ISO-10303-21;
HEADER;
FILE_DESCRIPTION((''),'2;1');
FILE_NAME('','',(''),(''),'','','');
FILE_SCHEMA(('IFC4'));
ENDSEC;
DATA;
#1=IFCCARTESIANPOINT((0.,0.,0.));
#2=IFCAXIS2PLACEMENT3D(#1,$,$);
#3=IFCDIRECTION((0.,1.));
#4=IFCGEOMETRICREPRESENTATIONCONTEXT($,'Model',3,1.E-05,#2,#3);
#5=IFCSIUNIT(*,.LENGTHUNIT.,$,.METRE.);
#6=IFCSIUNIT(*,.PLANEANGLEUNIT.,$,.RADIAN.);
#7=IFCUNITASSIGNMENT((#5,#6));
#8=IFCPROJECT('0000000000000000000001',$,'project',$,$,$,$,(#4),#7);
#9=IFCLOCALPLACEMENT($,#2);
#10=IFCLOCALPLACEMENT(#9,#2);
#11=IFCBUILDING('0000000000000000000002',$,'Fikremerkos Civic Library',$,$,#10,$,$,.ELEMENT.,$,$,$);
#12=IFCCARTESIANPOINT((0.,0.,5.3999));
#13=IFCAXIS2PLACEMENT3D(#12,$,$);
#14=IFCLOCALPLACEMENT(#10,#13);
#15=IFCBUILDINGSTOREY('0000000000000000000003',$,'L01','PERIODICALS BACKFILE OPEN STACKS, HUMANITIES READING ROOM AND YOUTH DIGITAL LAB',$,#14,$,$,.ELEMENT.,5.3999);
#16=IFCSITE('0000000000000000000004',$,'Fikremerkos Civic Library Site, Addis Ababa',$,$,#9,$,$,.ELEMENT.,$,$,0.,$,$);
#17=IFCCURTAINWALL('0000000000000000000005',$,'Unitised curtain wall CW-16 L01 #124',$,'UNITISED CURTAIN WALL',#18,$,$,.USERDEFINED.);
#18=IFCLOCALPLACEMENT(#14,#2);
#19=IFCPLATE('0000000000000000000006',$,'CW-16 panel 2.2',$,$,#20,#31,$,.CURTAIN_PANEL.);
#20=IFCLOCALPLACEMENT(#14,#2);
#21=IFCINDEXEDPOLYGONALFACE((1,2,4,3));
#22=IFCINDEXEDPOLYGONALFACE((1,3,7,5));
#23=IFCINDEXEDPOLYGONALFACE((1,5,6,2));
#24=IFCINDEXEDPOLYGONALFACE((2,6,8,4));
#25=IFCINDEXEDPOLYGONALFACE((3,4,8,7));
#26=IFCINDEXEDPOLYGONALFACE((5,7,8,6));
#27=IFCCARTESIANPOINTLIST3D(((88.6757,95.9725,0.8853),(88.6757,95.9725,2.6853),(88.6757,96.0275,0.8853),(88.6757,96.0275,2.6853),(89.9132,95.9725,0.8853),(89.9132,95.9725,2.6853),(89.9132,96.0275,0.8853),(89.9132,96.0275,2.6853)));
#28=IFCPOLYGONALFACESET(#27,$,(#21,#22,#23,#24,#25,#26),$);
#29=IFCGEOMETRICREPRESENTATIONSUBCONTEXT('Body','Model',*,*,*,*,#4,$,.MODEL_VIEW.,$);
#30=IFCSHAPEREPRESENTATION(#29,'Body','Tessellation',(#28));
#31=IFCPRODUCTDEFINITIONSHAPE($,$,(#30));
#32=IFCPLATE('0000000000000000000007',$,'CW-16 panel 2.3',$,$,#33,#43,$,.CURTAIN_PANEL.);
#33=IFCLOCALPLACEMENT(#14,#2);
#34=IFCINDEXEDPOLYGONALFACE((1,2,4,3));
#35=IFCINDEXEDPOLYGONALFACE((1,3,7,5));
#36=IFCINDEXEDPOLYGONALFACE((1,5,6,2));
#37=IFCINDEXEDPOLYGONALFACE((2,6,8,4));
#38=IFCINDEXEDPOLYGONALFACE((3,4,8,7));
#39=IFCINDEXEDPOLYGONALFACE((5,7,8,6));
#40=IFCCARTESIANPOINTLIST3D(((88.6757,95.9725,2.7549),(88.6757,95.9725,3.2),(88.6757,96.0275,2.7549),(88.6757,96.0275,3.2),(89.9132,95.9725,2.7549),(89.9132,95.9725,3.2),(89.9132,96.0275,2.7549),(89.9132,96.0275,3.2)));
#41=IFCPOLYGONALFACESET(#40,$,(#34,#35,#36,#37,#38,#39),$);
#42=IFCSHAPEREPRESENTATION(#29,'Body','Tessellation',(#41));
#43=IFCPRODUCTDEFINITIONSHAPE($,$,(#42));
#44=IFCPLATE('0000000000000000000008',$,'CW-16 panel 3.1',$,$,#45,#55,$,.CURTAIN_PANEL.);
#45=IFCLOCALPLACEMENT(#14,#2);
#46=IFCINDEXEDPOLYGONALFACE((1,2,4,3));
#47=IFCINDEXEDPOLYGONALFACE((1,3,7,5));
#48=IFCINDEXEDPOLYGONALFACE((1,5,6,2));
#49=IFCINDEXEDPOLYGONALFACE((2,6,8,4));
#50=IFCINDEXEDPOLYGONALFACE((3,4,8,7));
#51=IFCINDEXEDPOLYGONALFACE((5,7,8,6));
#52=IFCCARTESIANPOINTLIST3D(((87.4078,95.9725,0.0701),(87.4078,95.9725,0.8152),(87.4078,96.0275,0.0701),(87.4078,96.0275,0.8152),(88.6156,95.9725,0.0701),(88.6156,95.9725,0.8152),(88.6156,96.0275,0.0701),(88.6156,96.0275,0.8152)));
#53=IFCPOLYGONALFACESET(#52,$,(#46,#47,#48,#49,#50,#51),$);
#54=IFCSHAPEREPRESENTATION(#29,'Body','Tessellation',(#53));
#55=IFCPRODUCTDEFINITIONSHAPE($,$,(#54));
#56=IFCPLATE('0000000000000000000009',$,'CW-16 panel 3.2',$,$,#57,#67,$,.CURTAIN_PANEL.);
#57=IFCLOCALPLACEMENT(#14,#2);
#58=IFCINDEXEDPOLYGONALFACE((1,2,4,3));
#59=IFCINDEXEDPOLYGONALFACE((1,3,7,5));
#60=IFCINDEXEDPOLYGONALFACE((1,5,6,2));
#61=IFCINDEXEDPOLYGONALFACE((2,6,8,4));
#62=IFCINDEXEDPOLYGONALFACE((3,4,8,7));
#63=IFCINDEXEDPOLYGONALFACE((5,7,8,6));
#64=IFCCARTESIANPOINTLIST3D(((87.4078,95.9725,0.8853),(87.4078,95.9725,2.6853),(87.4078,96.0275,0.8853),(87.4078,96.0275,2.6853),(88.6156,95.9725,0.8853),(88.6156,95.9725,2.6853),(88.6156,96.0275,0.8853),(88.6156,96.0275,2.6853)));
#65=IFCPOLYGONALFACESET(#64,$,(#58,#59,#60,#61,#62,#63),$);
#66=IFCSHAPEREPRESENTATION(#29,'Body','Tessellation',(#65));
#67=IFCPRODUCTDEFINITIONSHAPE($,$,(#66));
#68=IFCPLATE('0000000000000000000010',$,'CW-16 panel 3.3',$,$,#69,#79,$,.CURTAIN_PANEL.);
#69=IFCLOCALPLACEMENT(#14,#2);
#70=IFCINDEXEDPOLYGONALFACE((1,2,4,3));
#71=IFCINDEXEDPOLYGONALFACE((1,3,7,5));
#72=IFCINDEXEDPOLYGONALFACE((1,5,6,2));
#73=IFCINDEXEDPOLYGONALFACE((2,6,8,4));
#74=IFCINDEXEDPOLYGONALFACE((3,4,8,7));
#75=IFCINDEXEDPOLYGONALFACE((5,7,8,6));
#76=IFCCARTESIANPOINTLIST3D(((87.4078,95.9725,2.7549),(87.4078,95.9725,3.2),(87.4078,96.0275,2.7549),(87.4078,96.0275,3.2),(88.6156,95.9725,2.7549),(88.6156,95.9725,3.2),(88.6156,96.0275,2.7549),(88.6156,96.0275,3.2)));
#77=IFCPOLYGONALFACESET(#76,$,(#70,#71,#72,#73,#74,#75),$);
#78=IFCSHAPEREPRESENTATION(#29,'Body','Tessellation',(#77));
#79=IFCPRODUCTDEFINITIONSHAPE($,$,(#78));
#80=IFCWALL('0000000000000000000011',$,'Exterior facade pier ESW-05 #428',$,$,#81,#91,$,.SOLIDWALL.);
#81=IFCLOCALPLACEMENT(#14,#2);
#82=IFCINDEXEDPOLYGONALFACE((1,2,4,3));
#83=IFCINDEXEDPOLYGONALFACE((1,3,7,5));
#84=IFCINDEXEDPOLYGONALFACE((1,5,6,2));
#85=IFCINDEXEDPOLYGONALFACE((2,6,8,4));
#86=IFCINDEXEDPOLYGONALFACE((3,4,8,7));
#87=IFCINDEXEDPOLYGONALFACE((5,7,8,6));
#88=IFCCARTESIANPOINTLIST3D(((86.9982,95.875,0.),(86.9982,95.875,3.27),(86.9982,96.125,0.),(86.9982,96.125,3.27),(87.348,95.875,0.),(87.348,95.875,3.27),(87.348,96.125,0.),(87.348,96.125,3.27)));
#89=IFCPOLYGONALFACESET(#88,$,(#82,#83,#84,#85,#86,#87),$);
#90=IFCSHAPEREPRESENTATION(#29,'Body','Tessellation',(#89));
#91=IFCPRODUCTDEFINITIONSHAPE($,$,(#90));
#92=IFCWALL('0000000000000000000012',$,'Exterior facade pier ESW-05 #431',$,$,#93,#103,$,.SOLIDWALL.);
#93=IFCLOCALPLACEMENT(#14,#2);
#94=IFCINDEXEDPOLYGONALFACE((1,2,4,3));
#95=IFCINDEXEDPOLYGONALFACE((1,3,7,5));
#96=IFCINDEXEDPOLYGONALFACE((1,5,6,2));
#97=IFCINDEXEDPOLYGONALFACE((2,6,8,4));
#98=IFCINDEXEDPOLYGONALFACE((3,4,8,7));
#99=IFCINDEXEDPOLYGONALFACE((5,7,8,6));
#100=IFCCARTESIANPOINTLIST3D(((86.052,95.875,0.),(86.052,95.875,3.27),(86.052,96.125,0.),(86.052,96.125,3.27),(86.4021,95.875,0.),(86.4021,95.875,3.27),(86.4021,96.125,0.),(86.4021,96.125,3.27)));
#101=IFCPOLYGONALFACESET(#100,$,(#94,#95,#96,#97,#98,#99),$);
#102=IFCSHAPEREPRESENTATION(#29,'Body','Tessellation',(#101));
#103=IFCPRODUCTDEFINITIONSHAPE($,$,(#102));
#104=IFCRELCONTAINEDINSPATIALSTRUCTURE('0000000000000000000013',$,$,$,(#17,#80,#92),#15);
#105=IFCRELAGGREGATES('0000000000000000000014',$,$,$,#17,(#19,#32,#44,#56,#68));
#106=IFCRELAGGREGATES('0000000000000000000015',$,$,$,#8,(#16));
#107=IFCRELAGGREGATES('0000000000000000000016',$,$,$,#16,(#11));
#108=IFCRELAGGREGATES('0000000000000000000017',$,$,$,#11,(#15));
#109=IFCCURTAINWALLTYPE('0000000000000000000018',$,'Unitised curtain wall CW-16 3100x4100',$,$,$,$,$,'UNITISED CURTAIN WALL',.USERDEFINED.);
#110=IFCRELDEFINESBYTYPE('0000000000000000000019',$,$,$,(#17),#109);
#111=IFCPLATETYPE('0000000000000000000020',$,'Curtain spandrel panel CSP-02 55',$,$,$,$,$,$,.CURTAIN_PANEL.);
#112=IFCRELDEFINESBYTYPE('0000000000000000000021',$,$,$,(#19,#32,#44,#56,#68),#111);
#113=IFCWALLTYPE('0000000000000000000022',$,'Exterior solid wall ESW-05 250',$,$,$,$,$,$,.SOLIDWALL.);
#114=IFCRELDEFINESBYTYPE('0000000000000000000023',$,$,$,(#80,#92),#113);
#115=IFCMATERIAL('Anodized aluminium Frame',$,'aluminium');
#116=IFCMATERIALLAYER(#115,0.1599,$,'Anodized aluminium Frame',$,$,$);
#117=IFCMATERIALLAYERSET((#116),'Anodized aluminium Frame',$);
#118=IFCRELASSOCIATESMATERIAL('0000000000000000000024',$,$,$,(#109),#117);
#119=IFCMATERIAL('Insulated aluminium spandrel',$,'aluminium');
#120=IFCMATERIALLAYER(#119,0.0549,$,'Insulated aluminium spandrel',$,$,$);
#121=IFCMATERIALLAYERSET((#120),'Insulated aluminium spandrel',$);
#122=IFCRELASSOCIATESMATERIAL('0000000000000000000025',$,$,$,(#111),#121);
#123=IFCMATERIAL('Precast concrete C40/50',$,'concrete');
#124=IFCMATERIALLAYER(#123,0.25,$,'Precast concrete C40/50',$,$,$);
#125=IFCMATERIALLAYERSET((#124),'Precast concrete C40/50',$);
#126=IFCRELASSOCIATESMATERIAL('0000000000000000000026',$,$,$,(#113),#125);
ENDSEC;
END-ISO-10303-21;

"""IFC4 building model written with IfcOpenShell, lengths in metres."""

from ifc_helpers import new_model, si_unit, direction, frame, frame_2d, origin, origin_2d, place, context, subcontext, project, spatial, rectangle, extrude, material, layer, layer_set, type_object, element, aggregate, save


model = new_model("IFC4")

# Units and contexts
model_context = context("Model", 3, precision=1e-05, world=origin(), true_north=direction((0.0, 1.0)))
body_context = subcontext(model_context, "Body", "Model", "MODEL_VIEW")
ifc_project = project(units=[si_unit("LENGTHUNIT", "METRE"), si_unit("PLANEANGLEUNIT", "RADIAN")], contexts=[model_context])

# Site, building, storey
site_placement = place(None, origin())
site = spatial("IfcSite", under=ifc_project, at=site_placement, Name="Fikremerkos Civic Library Site, Addis Ababa", CompositionType="ELEMENT", RefElevation=0.0)
building_placement = place(site_placement, origin())
building = spatial("IfcBuilding", under=site, at=building_placement, Name="Fikremerkos Civic Library", CompositionType="ELEMENT")
storey_placement = place(building_placement, frame((0.0, 0.0, 5.3999)))
storey = spatial("IfcBuildingStorey", under=building, at=storey_placement, Name="L01", Description="PERIODICALS BACKFILE OPEN STACKS, HUMANITIES READING ROOM AND YOUTH DIGITAL LAB", CompositionType="ELEMENT", Elevation=5.3999)

# Curtain wall
ifc_material_1 = material(Name="Anodized aluminium Frame", Category="aluminium")
ifc_layer_1 = layer(ifc_material_1, 0.1599, Name="Anodized aluminium Frame")
ifc_layer_set_1 = layer_set([ifc_layer_1], Name="Anodized aluminium Frame")
curtain_wall_type_1 = type_object("IfcCurtainWallType", Name="Unitised curtain wall CW-16 3100x4100", ElementType="UNITISED CURTAIN WALL", PredefinedType="USERDEFINED", material=ifc_layer_set_1)
curtain_wall_1_placement = place(storey_placement, origin())
curtain_wall_1 = element("IfcCurtainWall", 1, at=curtain_wall_1_placement, inside=storey, type_object=curtain_wall_type_1, Name="Unitised curtain wall CW-16 L01 #124", ObjectType="UNITISED CURTAIN WALL", PredefinedType="USERDEFINED")

# Plates
ifc_material_2 = material(Name="Insulated aluminium spandrel", Category="aluminium")
ifc_layer_2 = layer(ifc_material_2, 0.0549, Name="Insulated aluminium spandrel")
ifc_layer_set_2 = layer_set([ifc_layer_2], Name="Insulated aluminium spandrel")
plate_type_1 = type_object("IfcPlateType", Name="Curtain spandrel panel CSP-02 55", PredefinedType="CURTAIN_PANEL", material=ifc_layer_set_2)
plate_1_placement = place(storey_placement, frame((89.2944, 96.0, 0.8853), z_axis=(0.0, 0.0, 1.0), x_axis=(-1.0, 0.0, 0.0)))
plate_1 = element("IfcPlate", 2, at=plate_1_placement, type_object=plate_type_1, Name="CW-16 panel 2.2", PredefinedType="CURTAIN_PANEL", context=body_context, shape_type="SweptSolid", body=[
    extrude(rectangle(XDim=1.2375, YDim=0.0549, at=origin_2d()), origin(), (0.0, 0.0, 1.0), 1.8),
])
plate_2_placement = place(storey_placement, frame((89.2944, 96.0, 2.7549), z_axis=(0.0, 0.0, 1.0), x_axis=(-1.0, 0.0, 0.0)))
plate_2 = element("IfcPlate", 3, at=plate_2_placement, type_object=plate_type_1, Name="CW-16 panel 2.3", PredefinedType="CURTAIN_PANEL", context=body_context, shape_type="SweptSolid", body=[
    extrude(rectangle(XDim=1.2375, YDim=0.0549, at=origin_2d()), origin(), (0.0, 0.0, 1.0), 0.4451),
])
plate_3_placement = place(storey_placement, frame((88.0117, 96.0, 0.0701), z_axis=(0.0, 0.0, 1.0), x_axis=(-1.0, 0.0, 0.0)))
plate_3 = element("IfcPlate", 4, at=plate_3_placement, type_object=plate_type_1, Name="CW-16 panel 3.1", PredefinedType="CURTAIN_PANEL", context=body_context, shape_type="SweptSolid", body=[
    extrude(rectangle(XDim=1.2078, YDim=0.0549, at=origin_2d()), origin(), (0.0, 0.0, 1.0), 0.7451),
])
plate_4_placement = place(storey_placement, frame((88.0117, 96.0, 0.8853), z_axis=(0.0, 0.0, 1.0), x_axis=(-1.0, 0.0, 0.0)))
plate_4 = element("IfcPlate", 5, at=plate_4_placement, type_object=plate_type_1, Name="CW-16 panel 3.2", PredefinedType="CURTAIN_PANEL", context=body_context, shape_type="SweptSolid", body=[
    extrude(rectangle(XDim=1.2078, YDim=0.0549, at=origin_2d()), origin(), (0.0, 0.0, 1.0), 1.8),
])
plate_5_placement = place(storey_placement, frame((88.0117, 96.0, 2.7549), z_axis=(0.0, 0.0, 1.0), x_axis=(-1.0, 0.0, 0.0)))
plate_5 = element("IfcPlate", 6, at=plate_5_placement, type_object=plate_type_1, Name="CW-16 panel 3.3", PredefinedType="CURTAIN_PANEL", context=body_context, shape_type="SweptSolid", body=[
    extrude(rectangle(XDim=1.2078, YDim=0.0549, at=origin_2d()), origin(), (0.0, 0.0, 1.0), 0.4451),
])
aggregate(curtain_wall_1, [plate_1, plate_2, plate_3, plate_4, plate_5])

# Walls
ifc_material_3 = material(Name="Precast concrete C40/50", Category="concrete")
ifc_layer_3 = layer(ifc_material_3, 0.25, Name="Precast concrete C40/50")
ifc_layer_set_3 = layer_set([ifc_layer_3], Name="Precast concrete C40/50")
wall_type = type_object("IfcWallType", Name="Exterior solid wall ESW-05 250", PredefinedType="SOLIDWALL", material=ifc_layer_set_3)
wall_1_placement = place(storey_placement, frame((87.3479, 96.0, 0.0), z_axis=(0.0, 0.0, 1.0), x_axis=(-1.0, 0.0, 0.0)))
element("IfcWall", 7, at=wall_1_placement, inside=storey, type_object=wall_type, Name="Exterior facade pier ESW-05 #428", PredefinedType="SOLIDWALL", context=body_context, shape_type="SweptSolid", body=[
    extrude(rectangle(XDim=0.3499, YDim=0.25, at=frame_2d((0.1748, 0.0))), origin(), (0.0, 0.0, 1.0), 3.27),
])
wall_2_placement = place(storey_placement, frame((86.4021, 96.0, 0.0), z_axis=(0.0, 0.0, 1.0), x_axis=(-1.0, 0.0, 0.0)))
element("IfcWall", 8, at=wall_2_placement, inside=storey, type_object=wall_type, Name="Exterior facade pier ESW-05 #431", PredefinedType="SOLIDWALL", context=body_context, shape_type="SweptSolid", body=[
    extrude(rectangle(XDim=0.3501, YDim=0.25, at=frame_2d((0.175, 0.0))), origin(), (0.0, 0.0, 1.0), 3.27),
])

save(model, "model.ifc")
